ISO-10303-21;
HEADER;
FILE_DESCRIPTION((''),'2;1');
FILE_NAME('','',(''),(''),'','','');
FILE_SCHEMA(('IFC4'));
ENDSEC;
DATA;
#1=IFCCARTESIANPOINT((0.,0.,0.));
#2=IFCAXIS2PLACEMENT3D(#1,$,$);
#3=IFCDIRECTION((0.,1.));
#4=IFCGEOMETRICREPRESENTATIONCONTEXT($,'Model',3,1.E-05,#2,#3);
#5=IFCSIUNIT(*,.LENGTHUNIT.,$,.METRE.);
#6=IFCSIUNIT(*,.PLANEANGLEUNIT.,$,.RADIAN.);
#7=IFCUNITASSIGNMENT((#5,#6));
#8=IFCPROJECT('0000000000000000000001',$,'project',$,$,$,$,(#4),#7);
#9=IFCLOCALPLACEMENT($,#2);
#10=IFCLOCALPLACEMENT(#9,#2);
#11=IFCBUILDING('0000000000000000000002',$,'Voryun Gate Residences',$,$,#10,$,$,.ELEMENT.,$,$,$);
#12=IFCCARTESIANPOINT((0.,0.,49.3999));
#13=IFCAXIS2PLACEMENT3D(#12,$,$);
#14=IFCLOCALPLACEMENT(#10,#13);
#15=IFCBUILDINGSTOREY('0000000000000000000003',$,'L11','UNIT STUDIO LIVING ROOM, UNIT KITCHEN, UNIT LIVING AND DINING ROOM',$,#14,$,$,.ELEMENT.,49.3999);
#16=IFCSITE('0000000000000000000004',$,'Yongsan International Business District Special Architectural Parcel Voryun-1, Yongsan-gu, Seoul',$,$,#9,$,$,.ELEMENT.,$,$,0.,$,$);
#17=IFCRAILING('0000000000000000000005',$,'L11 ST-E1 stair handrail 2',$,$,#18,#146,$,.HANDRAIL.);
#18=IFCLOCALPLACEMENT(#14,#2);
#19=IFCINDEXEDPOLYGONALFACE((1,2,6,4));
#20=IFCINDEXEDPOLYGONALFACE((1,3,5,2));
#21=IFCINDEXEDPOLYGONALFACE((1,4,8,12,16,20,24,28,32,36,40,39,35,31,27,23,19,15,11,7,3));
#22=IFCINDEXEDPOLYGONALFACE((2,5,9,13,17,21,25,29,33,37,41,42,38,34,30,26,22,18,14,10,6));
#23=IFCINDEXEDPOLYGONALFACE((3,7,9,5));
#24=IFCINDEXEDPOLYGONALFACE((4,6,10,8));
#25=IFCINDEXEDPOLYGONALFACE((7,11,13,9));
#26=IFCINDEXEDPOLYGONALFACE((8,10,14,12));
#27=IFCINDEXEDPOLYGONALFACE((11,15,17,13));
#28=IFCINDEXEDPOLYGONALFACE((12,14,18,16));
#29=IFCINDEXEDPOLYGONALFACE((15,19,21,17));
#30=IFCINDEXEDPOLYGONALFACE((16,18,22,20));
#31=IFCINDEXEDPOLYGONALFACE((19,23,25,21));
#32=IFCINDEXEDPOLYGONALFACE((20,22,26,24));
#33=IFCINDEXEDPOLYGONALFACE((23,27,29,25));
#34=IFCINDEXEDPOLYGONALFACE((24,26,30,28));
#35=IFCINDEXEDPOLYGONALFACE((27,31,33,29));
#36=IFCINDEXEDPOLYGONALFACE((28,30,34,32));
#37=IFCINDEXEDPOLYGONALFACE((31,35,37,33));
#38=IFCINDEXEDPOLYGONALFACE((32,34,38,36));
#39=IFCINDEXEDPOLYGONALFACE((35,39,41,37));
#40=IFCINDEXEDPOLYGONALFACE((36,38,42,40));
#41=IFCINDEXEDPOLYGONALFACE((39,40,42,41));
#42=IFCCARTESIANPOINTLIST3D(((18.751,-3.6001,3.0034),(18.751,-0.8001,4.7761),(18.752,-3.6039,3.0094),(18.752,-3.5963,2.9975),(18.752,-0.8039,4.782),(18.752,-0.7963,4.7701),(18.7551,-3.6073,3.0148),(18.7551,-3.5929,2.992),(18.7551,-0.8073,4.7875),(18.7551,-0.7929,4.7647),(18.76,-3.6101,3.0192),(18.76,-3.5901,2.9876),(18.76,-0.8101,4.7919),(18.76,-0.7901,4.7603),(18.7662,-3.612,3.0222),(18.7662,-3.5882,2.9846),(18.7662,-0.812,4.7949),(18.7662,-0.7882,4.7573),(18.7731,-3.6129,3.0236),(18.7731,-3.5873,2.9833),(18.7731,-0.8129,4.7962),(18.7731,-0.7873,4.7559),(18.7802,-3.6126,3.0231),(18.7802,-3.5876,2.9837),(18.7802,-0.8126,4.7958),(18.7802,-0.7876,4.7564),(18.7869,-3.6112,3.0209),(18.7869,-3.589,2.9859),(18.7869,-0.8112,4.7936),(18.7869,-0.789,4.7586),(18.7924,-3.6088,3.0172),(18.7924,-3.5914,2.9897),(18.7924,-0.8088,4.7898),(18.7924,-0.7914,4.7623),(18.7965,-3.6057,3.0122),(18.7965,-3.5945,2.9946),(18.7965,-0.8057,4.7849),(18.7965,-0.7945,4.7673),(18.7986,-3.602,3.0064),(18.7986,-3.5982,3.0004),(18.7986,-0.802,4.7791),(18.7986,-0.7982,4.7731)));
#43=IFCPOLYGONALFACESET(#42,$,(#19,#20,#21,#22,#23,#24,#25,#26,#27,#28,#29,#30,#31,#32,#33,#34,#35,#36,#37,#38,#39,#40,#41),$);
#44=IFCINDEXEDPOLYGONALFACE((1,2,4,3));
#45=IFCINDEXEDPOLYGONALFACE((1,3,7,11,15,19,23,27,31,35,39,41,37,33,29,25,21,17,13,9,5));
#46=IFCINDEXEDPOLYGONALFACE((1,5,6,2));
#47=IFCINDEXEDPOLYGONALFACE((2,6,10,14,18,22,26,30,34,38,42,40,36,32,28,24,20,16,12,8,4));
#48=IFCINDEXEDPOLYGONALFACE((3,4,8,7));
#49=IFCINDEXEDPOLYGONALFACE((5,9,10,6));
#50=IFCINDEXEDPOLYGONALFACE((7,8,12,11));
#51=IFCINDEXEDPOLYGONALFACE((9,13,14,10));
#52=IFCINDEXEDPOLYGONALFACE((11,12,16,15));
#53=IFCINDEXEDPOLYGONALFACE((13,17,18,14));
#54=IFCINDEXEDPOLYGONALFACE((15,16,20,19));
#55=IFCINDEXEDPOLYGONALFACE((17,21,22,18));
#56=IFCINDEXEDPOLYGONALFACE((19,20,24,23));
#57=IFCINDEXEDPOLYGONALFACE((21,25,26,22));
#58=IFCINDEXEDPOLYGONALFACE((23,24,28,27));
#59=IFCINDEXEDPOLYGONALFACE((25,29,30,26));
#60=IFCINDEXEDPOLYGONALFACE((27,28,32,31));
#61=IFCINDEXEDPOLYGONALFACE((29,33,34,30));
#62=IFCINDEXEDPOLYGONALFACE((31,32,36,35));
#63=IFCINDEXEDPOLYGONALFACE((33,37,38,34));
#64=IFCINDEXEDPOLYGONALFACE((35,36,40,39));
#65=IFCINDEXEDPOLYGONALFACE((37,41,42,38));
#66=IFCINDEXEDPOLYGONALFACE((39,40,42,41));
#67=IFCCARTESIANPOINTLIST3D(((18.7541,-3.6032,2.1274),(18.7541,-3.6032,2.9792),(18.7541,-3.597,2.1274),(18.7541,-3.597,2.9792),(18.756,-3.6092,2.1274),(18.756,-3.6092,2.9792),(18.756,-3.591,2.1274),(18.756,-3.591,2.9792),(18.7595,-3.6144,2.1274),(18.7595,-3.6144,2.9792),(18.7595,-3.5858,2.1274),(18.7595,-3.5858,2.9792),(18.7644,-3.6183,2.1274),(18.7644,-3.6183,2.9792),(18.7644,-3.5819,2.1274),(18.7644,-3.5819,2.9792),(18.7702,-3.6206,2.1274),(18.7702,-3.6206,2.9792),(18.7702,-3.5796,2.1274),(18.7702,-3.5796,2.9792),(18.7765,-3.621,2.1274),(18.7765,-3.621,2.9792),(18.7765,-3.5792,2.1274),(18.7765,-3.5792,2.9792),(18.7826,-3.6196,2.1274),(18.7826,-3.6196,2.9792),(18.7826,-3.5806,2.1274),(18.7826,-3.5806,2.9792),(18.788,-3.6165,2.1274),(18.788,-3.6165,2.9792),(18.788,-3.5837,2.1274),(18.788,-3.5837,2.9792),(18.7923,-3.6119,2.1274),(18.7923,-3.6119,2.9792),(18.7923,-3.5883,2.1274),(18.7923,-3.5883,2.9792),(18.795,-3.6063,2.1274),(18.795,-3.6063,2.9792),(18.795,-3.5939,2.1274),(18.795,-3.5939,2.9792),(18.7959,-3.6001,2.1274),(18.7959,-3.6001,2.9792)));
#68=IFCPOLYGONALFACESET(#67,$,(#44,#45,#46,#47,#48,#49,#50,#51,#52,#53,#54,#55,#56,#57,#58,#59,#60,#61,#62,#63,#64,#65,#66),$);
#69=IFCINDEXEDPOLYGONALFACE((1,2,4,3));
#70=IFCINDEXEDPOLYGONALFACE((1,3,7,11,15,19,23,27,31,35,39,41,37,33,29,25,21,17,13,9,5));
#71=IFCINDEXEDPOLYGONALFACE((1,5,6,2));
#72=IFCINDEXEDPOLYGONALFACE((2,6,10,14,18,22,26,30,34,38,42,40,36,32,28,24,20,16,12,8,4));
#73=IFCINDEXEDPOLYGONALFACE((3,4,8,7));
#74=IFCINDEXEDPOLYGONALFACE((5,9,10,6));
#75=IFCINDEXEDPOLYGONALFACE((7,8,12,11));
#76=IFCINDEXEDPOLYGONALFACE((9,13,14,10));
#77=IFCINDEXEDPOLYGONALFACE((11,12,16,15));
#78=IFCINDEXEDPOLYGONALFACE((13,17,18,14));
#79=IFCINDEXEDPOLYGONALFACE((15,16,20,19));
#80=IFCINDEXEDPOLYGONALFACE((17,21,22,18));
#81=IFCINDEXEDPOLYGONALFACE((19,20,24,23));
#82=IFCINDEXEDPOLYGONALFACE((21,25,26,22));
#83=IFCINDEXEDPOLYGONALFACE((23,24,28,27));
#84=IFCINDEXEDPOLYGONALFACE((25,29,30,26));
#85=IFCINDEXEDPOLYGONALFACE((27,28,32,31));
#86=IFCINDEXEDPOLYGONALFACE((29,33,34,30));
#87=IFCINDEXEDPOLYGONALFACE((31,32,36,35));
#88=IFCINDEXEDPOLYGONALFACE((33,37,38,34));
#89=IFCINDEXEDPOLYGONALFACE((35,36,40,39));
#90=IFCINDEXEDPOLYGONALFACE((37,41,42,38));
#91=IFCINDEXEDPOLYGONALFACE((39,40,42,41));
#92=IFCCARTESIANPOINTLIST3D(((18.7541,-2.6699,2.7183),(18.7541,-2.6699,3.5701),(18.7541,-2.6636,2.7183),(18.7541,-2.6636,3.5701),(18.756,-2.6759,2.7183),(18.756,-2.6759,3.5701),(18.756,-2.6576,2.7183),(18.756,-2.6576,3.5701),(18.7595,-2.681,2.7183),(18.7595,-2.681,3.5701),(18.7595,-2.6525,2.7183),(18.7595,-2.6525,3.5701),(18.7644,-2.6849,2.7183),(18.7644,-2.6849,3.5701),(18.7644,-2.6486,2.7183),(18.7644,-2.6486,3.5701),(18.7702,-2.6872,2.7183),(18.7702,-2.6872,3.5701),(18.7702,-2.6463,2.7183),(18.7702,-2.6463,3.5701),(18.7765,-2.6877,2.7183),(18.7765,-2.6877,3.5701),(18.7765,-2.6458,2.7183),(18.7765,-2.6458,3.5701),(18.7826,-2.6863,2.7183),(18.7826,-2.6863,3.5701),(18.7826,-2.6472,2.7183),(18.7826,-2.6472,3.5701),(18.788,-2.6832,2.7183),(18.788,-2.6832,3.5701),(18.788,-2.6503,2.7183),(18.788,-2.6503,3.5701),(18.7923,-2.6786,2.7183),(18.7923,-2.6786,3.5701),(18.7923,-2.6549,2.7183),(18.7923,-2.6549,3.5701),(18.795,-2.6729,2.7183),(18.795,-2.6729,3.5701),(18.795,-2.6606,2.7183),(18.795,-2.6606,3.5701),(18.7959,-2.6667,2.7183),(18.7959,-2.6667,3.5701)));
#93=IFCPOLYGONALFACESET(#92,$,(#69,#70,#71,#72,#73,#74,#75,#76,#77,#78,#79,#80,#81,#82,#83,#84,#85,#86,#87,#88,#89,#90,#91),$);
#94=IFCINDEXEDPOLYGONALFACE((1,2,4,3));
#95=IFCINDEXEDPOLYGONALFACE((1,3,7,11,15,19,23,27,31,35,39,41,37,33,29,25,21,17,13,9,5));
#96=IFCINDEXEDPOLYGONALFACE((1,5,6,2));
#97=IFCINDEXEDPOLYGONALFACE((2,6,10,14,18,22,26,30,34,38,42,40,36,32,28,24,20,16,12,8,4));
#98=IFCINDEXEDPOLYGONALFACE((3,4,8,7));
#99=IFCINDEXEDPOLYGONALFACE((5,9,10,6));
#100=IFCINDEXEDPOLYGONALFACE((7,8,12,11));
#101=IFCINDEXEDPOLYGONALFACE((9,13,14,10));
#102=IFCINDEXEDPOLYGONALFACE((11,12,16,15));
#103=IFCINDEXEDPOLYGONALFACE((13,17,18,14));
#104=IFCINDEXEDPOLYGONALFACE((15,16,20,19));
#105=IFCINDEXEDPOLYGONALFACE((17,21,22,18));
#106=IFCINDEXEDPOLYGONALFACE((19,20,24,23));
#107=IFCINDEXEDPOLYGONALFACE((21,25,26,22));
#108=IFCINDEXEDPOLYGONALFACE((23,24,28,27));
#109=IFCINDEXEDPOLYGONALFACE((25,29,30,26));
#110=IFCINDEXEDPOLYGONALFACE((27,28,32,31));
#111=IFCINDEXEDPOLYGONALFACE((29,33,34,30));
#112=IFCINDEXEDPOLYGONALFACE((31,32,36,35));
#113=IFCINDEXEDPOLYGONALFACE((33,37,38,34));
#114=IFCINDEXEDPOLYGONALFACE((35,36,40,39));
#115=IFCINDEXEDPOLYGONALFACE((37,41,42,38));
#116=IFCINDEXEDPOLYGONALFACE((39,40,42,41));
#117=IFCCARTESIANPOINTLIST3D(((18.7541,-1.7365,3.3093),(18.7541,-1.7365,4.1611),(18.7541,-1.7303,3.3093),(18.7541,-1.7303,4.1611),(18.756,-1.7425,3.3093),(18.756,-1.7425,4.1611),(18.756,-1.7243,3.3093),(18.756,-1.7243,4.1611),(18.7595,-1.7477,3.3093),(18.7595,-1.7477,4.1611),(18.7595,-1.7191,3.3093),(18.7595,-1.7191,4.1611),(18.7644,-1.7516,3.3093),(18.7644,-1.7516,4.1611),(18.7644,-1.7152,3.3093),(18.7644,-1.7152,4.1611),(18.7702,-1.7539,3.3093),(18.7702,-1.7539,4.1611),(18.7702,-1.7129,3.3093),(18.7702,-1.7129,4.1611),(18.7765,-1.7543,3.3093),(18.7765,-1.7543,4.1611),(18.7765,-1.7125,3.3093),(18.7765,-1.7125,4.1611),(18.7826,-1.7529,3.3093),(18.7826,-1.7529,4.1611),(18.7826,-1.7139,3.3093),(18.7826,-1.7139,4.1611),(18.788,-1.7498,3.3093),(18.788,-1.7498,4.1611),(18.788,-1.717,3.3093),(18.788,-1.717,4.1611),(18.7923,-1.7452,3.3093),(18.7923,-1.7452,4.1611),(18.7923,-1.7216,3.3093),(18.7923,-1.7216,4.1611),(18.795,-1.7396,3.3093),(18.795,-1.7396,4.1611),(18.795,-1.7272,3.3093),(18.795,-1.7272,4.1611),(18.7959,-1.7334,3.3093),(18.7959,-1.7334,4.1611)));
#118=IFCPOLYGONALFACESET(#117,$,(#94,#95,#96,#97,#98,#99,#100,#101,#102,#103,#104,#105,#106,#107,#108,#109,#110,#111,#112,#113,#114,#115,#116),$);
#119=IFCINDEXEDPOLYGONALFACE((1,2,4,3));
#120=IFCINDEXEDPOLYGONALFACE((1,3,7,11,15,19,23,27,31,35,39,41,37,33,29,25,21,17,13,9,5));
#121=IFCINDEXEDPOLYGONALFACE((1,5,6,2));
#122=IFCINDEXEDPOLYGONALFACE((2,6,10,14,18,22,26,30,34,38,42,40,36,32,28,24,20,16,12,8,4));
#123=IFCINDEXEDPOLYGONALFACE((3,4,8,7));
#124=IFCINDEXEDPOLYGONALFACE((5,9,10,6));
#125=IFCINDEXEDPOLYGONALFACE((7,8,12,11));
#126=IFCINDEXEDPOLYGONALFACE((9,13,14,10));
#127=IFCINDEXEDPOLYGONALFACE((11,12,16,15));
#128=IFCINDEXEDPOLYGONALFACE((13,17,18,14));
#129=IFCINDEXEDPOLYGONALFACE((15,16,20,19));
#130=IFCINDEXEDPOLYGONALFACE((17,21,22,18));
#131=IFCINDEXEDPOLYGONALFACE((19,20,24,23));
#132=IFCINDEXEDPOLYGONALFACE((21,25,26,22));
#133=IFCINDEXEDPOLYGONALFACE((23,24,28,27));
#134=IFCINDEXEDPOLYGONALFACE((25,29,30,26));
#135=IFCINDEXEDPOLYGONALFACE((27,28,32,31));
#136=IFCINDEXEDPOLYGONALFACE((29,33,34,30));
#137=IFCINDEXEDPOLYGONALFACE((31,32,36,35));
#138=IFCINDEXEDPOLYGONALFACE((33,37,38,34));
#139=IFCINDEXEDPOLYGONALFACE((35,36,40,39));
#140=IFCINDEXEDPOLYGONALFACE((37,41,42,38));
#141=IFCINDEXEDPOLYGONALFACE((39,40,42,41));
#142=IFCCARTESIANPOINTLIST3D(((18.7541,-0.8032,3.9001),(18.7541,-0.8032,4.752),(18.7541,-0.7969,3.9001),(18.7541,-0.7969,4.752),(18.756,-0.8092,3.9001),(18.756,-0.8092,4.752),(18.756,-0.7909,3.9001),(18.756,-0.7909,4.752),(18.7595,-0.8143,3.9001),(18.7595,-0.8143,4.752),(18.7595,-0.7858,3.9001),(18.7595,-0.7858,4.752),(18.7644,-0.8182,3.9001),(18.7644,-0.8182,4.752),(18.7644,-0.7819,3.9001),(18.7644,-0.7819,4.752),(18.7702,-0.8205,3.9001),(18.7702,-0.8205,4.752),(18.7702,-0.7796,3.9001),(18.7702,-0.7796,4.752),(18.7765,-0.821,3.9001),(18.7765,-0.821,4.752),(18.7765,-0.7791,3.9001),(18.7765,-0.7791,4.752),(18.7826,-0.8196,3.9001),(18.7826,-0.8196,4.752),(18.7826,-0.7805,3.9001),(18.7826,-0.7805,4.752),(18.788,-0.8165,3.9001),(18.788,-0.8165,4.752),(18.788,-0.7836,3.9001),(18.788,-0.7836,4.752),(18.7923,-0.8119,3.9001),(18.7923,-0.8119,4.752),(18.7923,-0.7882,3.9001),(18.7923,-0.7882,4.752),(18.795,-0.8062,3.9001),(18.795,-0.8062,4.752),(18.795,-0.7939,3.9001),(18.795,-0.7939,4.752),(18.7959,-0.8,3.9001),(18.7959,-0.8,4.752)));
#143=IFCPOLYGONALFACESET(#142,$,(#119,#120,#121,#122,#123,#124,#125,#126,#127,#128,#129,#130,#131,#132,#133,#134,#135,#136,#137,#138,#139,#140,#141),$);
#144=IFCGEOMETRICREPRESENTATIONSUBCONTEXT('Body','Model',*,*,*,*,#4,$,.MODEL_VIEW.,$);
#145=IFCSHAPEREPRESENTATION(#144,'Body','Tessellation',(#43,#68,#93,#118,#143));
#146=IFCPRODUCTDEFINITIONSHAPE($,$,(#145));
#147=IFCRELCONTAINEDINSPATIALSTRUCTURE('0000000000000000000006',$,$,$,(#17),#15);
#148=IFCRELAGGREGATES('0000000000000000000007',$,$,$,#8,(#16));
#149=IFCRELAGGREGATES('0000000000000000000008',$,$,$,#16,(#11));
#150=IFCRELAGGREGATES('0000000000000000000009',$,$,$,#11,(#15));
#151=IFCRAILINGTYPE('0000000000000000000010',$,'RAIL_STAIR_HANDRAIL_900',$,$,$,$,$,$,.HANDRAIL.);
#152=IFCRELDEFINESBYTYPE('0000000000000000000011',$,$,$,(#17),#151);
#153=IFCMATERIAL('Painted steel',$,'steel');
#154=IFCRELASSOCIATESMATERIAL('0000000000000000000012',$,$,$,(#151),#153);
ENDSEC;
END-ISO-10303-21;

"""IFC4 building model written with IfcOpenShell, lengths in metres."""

from ifc_helpers import new_model, si_unit, direction, frame, origin, origin_2d, place, context, subcontext, project, spatial, circle, extrude, material, type_object, element, save


model = new_model("IFC4")

# Units and contexts
model_context = context("Model", 3, precision=1e-05, world=origin(), true_north=direction((0.0, 1.0)))
body_context = subcontext(model_context, "Body", "Model", "MODEL_VIEW")
ifc_project = project(units=[si_unit("LENGTHUNIT", "METRE"), si_unit("PLANEANGLEUNIT", "RADIAN")], contexts=[model_context])

# Site, building, storey
site_placement = place(None, origin())
site = spatial("IfcSite", under=ifc_project, at=site_placement, Name="Yongsan International Business District Special Architectural Parcel Voryun-1, Yongsan-gu, Seoul", CompositionType="ELEMENT", RefElevation=0.0)
building_placement = place(site_placement, origin())
building = spatial("IfcBuilding", under=site, at=building_placement, Name="Voryun Gate Residences", CompositionType="ELEMENT")
storey_placement = place(building_placement, frame((0.0, 0.0, 49.3999)))
storey = spatial("IfcBuildingStorey", under=building, at=storey_placement, Name="L11", Description="UNIT STUDIO LIVING ROOM, UNIT KITCHEN, UNIT LIVING AND DINING ROOM", CompositionType="ELEMENT", Elevation=49.3999)

# Railing
ifc_material_1 = material(Name="Painted steel", Category="steel")
railing_type_1 = type_object("IfcRailingType", Name="RAIL_STAIR_HANDRAIL_900", PredefinedType="HANDRAIL", material=ifc_material_1)
railing_1_placement = place(storey_placement, frame((18.7749, -3.6001, 2.1274)))
element("IfcRailing", 1, at=railing_1_placement, inside=storey, type_object=railing_type_1, Name="L11 ST-E1 stair handrail 2", PredefinedType="HANDRAIL", context=body_context, shape_type="SweptSolid", body=[
    extrude(circle(Radius=0.0239, at=origin_2d()), frame((0.0, 0.0, 0.876), z_axis=(0.0, 0.844909, 0.53491), x_axis=(-1.0, 0.0, 0.0)), (0.0, 0.0, 1.0), 3.314),
    extrude(circle(Radius=0.021, at=origin_2d()), origin(), (0.0, 0.0, 1.0), 0.8518),
    extrude(circle(Radius=0.021, at=origin_2d()), frame((0.0, 0.9333, 0.5908)), (0.0, 0.0, 1.0), 0.8518),
    extrude(circle(Radius=0.021, at=origin_2d()), frame((0.0, 1.8667, 1.1819)), (0.0, 0.0, 1.0), 0.8518),
    extrude(circle(Radius=0.021, at=origin_2d()), frame((0.0, 2.8, 1.7727)), (0.0, 0.0, 1.0), 0.8518),
])

save(model, "model.ifc")
